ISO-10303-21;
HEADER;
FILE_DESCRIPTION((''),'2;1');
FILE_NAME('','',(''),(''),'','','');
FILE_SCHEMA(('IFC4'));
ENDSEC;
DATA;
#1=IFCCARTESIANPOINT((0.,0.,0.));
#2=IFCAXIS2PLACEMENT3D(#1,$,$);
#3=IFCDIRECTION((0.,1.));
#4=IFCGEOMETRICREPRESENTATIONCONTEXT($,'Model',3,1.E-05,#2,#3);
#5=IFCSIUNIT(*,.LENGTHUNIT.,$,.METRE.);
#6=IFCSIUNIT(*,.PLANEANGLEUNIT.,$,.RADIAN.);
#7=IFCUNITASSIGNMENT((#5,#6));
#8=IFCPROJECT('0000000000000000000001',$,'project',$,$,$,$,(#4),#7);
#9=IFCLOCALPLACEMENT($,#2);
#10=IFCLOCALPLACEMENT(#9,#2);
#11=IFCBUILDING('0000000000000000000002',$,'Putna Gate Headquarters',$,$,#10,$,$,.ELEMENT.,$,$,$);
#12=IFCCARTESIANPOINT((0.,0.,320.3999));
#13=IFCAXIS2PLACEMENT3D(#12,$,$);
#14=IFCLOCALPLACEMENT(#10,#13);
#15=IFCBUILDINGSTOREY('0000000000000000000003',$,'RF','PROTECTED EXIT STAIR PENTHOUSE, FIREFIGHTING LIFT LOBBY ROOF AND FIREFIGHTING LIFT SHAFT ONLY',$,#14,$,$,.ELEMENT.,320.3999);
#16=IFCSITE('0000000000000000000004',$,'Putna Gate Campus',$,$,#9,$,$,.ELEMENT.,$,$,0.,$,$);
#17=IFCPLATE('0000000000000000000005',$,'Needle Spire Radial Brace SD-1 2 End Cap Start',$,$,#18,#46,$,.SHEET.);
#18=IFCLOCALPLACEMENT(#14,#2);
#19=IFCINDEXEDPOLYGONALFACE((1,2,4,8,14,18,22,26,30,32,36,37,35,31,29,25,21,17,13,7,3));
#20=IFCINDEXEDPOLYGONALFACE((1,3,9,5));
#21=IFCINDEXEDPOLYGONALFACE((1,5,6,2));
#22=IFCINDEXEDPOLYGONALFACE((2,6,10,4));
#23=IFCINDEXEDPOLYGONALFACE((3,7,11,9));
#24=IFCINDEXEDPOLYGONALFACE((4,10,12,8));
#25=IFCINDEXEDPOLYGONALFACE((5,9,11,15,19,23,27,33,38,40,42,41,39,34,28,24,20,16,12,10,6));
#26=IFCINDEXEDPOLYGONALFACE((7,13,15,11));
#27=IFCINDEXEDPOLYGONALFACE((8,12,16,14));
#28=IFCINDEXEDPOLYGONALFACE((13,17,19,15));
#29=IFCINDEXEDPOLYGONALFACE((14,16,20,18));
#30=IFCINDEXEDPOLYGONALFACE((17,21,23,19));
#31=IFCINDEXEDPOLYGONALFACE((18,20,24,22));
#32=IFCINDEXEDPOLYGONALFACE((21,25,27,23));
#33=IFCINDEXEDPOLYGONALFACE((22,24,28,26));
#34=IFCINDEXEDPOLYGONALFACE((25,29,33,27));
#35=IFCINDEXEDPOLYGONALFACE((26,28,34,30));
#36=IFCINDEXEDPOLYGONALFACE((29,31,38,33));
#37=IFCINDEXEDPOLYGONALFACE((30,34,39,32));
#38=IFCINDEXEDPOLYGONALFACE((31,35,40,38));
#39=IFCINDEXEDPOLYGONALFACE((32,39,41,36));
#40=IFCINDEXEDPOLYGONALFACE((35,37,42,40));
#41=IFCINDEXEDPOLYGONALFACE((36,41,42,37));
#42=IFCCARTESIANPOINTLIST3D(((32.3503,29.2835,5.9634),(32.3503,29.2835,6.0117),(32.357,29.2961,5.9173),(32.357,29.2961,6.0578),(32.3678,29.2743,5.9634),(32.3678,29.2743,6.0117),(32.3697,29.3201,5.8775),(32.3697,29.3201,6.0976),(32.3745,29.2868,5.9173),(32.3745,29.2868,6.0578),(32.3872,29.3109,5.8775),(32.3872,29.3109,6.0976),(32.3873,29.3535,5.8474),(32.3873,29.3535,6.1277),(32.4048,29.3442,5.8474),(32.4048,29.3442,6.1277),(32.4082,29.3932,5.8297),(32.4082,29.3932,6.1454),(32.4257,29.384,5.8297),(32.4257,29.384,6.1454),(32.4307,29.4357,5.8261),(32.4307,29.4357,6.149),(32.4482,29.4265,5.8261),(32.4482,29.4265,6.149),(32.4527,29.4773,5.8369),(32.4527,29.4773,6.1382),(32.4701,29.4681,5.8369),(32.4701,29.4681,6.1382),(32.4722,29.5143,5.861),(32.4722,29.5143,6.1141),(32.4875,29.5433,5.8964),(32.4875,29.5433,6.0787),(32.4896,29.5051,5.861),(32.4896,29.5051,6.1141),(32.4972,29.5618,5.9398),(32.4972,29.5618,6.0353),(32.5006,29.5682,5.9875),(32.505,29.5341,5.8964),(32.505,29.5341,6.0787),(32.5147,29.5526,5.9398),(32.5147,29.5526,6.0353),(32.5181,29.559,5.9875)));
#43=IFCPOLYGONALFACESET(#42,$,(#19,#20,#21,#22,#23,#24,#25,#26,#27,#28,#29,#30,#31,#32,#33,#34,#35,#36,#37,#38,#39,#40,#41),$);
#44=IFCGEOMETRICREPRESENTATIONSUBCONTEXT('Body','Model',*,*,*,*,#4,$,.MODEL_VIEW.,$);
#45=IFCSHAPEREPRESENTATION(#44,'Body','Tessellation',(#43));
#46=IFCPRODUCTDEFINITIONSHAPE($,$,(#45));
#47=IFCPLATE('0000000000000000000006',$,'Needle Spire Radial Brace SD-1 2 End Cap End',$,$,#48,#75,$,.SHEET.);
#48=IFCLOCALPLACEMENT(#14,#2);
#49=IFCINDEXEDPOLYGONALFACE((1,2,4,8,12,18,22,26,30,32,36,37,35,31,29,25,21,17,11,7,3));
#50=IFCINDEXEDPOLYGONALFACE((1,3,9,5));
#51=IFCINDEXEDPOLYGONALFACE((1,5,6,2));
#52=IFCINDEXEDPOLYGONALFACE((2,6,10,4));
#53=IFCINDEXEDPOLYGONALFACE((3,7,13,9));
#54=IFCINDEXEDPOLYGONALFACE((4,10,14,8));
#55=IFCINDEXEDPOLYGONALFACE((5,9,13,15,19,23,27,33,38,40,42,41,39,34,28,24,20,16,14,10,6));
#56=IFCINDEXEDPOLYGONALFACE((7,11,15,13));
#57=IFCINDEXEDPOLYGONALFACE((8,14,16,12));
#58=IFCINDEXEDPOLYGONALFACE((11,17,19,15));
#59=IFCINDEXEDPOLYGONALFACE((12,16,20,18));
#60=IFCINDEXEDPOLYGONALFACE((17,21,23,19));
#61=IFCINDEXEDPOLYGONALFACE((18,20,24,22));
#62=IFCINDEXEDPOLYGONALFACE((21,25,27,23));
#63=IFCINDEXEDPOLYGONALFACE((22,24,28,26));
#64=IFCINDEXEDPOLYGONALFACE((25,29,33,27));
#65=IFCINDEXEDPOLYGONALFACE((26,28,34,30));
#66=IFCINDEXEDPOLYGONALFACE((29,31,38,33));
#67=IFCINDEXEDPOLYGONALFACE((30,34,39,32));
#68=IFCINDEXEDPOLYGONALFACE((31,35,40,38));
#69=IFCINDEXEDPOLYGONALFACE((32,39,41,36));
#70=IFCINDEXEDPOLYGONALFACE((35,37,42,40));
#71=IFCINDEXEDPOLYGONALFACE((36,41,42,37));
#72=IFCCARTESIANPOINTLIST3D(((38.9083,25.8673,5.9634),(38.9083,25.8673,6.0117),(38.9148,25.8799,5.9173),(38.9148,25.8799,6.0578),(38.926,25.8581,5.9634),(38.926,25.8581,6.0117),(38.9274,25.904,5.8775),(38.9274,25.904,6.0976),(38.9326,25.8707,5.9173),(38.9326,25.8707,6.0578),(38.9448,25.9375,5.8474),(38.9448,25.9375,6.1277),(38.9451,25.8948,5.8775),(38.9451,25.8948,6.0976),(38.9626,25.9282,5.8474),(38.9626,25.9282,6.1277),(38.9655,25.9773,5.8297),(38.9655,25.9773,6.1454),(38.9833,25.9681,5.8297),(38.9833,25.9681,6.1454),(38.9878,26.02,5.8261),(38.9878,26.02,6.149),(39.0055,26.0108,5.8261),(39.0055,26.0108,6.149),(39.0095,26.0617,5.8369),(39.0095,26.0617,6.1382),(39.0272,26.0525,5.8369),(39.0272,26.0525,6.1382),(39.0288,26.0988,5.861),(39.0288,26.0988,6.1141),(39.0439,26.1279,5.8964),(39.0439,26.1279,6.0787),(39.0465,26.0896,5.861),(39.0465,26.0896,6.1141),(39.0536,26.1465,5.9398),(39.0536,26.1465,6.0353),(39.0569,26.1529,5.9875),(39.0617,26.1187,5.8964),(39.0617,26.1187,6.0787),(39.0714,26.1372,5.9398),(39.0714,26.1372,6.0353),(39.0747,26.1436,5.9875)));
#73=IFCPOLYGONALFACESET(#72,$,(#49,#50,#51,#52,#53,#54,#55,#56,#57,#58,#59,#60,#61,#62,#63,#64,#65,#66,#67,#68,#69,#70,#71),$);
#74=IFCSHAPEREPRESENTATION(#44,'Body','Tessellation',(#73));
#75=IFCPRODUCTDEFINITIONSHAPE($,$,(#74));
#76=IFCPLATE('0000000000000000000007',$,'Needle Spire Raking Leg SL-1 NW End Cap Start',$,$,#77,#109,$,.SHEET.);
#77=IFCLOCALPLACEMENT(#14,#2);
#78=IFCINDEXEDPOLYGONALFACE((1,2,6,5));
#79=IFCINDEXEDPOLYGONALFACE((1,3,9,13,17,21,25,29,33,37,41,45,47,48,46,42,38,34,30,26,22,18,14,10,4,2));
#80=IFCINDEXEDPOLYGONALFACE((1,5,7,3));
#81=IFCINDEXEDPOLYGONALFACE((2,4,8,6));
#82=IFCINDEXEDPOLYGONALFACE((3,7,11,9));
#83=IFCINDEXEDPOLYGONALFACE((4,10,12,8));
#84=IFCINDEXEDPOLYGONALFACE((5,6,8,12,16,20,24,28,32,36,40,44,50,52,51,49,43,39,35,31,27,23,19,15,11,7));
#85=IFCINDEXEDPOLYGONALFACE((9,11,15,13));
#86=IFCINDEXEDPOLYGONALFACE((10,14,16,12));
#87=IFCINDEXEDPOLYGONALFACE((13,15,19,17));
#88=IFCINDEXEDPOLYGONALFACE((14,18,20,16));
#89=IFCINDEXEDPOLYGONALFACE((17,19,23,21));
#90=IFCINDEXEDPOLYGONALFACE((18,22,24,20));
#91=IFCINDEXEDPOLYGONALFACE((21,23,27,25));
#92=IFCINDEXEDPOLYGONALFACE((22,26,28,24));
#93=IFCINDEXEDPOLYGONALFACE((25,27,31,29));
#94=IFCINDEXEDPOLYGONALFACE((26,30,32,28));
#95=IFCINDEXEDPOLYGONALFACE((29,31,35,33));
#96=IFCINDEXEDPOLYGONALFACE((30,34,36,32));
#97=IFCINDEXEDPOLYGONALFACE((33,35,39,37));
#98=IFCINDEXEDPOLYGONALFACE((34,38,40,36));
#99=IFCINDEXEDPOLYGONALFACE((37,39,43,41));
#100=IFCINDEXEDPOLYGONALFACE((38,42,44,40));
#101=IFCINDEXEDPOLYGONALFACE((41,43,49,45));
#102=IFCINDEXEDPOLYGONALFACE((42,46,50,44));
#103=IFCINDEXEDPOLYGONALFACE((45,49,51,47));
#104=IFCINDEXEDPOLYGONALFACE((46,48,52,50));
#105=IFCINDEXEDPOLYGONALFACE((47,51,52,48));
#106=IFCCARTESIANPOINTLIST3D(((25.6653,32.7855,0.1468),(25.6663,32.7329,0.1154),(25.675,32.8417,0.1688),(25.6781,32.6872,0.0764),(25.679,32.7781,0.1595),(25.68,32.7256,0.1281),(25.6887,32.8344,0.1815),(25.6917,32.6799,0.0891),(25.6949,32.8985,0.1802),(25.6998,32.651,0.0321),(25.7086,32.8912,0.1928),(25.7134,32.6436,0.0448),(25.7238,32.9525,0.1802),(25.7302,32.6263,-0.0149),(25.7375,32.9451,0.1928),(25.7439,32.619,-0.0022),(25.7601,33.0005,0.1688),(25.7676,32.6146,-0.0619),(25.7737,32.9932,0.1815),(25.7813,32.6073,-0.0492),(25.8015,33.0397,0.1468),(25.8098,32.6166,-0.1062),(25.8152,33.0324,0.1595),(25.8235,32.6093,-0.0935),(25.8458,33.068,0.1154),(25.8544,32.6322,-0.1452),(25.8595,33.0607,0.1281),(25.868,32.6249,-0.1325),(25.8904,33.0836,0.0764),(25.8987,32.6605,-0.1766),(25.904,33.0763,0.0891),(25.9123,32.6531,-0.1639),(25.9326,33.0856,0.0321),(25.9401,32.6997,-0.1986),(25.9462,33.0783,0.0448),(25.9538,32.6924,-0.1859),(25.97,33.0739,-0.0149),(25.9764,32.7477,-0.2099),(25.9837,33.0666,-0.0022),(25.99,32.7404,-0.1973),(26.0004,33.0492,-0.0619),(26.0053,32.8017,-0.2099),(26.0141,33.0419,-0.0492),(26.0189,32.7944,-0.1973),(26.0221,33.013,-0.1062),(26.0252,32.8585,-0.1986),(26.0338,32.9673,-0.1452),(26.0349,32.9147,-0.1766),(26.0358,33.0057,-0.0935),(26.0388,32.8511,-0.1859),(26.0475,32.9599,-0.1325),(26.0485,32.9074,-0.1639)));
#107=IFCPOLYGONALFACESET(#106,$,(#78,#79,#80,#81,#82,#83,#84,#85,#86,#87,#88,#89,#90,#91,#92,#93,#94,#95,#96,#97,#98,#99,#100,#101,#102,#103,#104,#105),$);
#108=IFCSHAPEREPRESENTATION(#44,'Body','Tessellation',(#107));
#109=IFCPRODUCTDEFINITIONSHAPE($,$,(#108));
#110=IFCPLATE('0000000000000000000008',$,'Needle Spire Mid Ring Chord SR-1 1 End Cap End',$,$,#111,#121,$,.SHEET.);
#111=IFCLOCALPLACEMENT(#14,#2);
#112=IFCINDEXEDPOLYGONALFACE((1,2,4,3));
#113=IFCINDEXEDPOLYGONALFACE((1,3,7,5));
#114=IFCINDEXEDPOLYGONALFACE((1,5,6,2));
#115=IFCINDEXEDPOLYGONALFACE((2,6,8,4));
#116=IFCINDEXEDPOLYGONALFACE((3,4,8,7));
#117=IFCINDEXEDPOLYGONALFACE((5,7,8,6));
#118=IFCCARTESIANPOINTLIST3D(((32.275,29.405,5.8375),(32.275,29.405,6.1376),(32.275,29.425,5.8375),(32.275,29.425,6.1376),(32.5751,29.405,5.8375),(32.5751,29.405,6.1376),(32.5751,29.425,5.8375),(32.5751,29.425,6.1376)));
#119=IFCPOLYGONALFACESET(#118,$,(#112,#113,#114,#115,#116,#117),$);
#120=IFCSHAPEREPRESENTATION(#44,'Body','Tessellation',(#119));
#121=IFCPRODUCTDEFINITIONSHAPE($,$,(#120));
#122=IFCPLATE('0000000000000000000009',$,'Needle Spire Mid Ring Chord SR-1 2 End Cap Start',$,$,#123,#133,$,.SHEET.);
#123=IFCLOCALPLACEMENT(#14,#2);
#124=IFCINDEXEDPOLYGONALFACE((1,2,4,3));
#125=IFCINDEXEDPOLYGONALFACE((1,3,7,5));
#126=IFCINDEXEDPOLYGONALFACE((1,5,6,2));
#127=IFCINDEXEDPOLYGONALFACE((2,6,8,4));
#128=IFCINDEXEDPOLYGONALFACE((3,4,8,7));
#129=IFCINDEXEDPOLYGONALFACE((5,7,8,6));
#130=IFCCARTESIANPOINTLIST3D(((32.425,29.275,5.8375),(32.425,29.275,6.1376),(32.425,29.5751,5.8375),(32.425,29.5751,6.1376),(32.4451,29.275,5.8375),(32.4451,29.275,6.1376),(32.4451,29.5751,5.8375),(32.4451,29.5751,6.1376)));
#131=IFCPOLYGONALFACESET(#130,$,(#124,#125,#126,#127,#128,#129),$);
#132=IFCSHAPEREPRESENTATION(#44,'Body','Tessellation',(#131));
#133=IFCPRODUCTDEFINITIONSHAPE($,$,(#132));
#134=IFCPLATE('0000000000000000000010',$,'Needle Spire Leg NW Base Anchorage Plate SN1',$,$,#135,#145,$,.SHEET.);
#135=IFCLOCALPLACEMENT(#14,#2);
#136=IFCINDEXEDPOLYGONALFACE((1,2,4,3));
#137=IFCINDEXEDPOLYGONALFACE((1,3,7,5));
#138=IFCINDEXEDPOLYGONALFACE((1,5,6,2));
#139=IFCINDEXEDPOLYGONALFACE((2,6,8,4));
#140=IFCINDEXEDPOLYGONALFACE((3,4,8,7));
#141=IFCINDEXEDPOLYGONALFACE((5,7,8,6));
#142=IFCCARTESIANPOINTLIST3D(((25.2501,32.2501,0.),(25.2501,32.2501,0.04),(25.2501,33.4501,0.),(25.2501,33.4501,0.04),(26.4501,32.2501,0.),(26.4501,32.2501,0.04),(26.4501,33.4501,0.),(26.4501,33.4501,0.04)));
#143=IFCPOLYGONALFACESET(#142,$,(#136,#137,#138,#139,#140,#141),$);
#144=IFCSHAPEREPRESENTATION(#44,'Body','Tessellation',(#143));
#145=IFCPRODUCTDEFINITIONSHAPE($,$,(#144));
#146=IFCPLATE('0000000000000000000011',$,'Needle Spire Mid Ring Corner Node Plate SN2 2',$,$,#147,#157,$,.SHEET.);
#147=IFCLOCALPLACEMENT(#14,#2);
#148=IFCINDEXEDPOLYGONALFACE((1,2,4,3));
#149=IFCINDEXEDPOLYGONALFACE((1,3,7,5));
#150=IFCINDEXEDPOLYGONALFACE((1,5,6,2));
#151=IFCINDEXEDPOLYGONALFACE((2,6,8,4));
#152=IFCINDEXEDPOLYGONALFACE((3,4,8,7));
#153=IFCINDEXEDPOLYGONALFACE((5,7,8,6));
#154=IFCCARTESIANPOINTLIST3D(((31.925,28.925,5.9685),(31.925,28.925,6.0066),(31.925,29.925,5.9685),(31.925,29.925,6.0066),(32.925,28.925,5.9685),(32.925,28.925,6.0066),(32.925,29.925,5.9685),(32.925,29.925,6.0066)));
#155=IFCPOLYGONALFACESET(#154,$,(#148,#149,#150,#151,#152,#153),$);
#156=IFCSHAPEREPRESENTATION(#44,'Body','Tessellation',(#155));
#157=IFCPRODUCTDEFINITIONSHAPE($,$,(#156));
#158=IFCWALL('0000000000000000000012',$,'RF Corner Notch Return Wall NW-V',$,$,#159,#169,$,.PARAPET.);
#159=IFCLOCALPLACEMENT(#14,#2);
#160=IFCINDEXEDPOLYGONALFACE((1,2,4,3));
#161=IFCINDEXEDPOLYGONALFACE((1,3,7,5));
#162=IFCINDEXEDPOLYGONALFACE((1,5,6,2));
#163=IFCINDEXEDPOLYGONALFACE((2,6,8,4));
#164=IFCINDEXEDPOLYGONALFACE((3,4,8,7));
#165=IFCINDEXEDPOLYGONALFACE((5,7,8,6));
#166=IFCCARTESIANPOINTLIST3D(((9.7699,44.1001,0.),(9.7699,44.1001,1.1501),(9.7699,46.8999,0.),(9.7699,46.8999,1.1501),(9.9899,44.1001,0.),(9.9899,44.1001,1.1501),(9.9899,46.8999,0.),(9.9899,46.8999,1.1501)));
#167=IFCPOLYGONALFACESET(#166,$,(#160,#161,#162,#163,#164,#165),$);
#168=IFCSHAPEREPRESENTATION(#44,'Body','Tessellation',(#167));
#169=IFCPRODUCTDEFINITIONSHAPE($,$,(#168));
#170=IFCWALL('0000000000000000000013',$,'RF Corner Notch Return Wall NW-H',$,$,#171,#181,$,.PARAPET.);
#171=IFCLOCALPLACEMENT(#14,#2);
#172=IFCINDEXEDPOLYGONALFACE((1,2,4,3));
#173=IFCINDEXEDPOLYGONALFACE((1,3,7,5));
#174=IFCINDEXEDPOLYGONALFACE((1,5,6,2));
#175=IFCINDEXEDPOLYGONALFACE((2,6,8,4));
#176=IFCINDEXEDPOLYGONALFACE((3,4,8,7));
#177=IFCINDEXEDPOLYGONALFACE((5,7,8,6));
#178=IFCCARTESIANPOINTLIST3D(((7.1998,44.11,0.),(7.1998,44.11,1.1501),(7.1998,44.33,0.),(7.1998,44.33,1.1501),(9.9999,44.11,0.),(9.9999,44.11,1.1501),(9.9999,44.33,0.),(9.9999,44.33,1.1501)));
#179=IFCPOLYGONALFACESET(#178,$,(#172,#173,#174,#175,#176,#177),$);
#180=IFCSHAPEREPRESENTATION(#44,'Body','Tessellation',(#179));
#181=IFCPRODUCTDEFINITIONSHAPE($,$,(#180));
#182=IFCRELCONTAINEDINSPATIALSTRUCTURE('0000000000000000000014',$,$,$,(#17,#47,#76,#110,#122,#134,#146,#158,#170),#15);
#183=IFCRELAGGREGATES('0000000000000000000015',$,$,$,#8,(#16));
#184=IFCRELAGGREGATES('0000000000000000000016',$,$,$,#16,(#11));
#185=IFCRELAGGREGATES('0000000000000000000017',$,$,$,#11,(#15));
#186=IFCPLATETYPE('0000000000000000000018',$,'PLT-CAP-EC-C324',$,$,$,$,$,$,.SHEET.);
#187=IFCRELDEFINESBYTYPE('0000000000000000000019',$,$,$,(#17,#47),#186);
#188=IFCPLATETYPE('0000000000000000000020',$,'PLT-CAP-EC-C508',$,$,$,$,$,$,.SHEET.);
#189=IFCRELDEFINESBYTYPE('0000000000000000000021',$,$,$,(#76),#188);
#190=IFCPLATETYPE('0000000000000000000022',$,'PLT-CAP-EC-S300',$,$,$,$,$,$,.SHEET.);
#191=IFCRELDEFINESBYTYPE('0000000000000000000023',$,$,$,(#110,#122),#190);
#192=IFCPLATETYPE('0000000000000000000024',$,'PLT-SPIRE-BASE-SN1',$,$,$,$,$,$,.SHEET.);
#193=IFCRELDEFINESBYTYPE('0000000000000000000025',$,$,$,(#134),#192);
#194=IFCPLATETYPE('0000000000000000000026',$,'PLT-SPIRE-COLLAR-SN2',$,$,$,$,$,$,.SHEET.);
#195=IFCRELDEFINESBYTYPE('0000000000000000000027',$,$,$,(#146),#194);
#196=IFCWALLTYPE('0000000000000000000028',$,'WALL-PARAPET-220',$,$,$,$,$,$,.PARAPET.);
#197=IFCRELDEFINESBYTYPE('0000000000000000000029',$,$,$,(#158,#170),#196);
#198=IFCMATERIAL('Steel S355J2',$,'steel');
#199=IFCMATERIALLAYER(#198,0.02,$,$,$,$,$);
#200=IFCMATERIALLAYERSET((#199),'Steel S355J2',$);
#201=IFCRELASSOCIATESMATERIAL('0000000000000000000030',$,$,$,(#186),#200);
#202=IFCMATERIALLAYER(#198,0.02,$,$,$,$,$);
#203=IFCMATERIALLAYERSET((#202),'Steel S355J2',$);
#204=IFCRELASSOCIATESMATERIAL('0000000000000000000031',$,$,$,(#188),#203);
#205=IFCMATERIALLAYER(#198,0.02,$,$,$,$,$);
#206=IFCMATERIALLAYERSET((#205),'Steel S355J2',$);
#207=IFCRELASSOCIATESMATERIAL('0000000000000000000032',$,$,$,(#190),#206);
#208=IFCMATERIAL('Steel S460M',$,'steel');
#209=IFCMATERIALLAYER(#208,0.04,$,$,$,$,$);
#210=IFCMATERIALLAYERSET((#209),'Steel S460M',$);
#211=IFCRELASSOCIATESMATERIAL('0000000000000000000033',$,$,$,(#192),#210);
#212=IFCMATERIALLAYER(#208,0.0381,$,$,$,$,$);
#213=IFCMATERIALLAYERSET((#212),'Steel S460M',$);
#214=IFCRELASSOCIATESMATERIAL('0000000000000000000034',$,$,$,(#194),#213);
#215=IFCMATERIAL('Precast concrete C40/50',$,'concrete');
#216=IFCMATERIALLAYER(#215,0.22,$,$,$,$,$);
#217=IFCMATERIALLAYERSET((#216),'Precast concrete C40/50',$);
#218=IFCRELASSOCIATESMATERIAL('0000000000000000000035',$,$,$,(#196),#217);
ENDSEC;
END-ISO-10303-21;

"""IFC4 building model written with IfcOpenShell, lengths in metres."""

from ifc_helpers import new_model, si_unit, direction, frame, frame_2d, origin, origin_2d, place, context, subcontext, project, spatial, rectangle, circle, extrude, material, layer, layer_set, type_object, element, save


model = new_model("IFC4")

# Units and contexts
model_context = context("Model", 3, precision=1e-05, world=origin(), true_north=direction((0.0, 1.0)))
body_context = subcontext(model_context, "Body", "Model", "MODEL_VIEW")
ifc_project = project(units=[si_unit("LENGTHUNIT", "METRE"), si_unit("PLANEANGLEUNIT", "RADIAN")], contexts=[model_context])

# Site, building, storey
site_placement = place(None, origin())
site = spatial("IfcSite", under=ifc_project, at=site_placement, Name="Putna Gate Campus", CompositionType="ELEMENT", RefElevation=0.0)
building_placement = place(site_placement, origin())
building = spatial("IfcBuilding", under=site, at=building_placement, Name="Putna Gate Headquarters", CompositionType="ELEMENT")
storey_placement = place(building_placement, frame((0.0, 0.0, 320.3999)))
storey = spatial("IfcBuildingStorey", under=building, at=storey_placement, Name="RF", Description="PROTECTED EXIT STAIR PENTHOUSE, FIREFIGHTING LIFT LOBBY ROOF AND FIREFIGHTING LIFT SHAFT ONLY", CompositionType="ELEMENT", Elevation=320.3999)

# Shared definitions
ifc_material_1 = material(Name="Steel S460M", Category="steel")

# Plates
ifc_material_2 = material(Name="Steel S355J2", Category="steel")
ifc_layer_1 = layer(ifc_material_2, 0.02)
ifc_layer_set_1 = layer_set([ifc_layer_1], Name="Steel S355J2")
plate_type_1 = type_object("IfcPlateType", Name="PLT-CAP-EC-C324", PredefinedType="SHEET", material=ifc_layer_set_1)
plate_1_placement = place(storey_placement, frame((32.425, 29.425, 5.9875), z_axis=(0.884385, -0.466759, 0.0), x_axis=(0.466759, 0.884385, 0.0)))
element("IfcPlate", 1, at=plate_1_placement, inside=storey, type_object=plate_type_1, Name="Needle Spire Radial Brace SD-1 2 End Cap Start", PredefinedType="SHEET", context=body_context, shape_type="SweptSolid", body=[
    extrude(circle(Radius=0.1619, at=origin_2d()), origin(), (0.0, 0.0, 1.0), 0.0198),
])
plate_2_placement = place(storey_placement, frame((38.9822, 26.0093, 5.9875), z_axis=(0.887018, -0.461735, 0.0), x_axis=(0.461735, 0.887018, 0.0)))
element("IfcPlate", 2, at=plate_2_placement, inside=storey, type_object=plate_type_1, Name="Needle Spire Radial Brace SD-1 2 End Cap End", PredefinedType="SHEET", context=body_context, shape_type="SweptSolid", body=[
    extrude(circle(Radius=0.1619, at=origin_2d()), origin(), (0.0, 0.0, 1.0), 0.02),
])
ifc_layer_2 = layer(ifc_material_2, 0.02)
ifc_layer_set_2 = layer_set([ifc_layer_2], Name="Steel S355J2")
plate_type_2 = type_object("IfcPlateType", Name="PLT-CAP-EC-C508", PredefinedType="SHEET", material=ifc_layer_set_2)
plate_3_placement = place(storey_placement, frame((25.8501, 32.8501, -0.0149), z_axis=(0.682116, -0.365419, 0.633393), x_axis=(0.472221, 0.88148, 0.0)))
element("IfcPlate", 3, at=plate_3_placement, inside=storey, type_object=plate_type_2, Name="Needle Spire Raking Leg SL-1 NW End Cap Start", PredefinedType="SHEET", context=body_context, shape_type="SweptSolid", body=[
    extrude(circle(Radius=0.2539, at=origin_2d()), origin(), (0.0, 0.0, 1.0), 0.02),
])
ifc_layer_3 = layer(ifc_material_2, 0.02)
ifc_layer_set_3 = layer_set([ifc_layer_3], Name="Steel S355J2")
plate_type_3 = type_object("IfcPlateType", Name="PLT-CAP-EC-S300", PredefinedType="SHEET", material=ifc_layer_set_3)
for number, where, z_axis, x_axis, name in (
    (4, (32.425, 29.405, 5.9875), (0.0, 1.0, 0.0), (-1.0, 0.0, 0.0), "Needle Spire Mid Ring Chord SR-1 1 End Cap End"),
    (5, (32.425, 29.425, 5.9875), (1.0, 0.0, 0.0), (0.0, 1.0, 0.0), "Needle Spire Mid Ring Chord SR-1 2 End Cap Start"),
):
    element("IfcPlate", number, at=place(storey_placement, frame(where, z_axis=z_axis, x_axis=x_axis)), inside=storey, type_object=plate_type_3, Name=name, PredefinedType="SHEET", context=body_context, shape_type="SweptSolid", body=[
        extrude(rectangle(XDim=0.3, YDim=0.3, at=origin_2d()), origin(), (0.0, 0.0, 1.0), 0.02),
    ])
ifc_layer_4 = layer(ifc_material_1, 0.04)
ifc_layer_set_4 = layer_set([ifc_layer_4], Name="Steel S460M")
plate_type_4 = type_object("IfcPlateType", Name="PLT-SPIRE-BASE-SN1", PredefinedType="SHEET", material=ifc_layer_set_4)
plate_4_placement = place(storey_placement, frame((25.8501, 32.8501, 0.0), z_axis=(0.0, 0.0, 1.0), x_axis=(1.0, 0.0, 0.0)))
element("IfcPlate", 6, at=plate_4_placement, inside=storey, type_object=plate_type_4, Name="Needle Spire Leg NW Base Anchorage Plate SN1", PredefinedType="SHEET", context=body_context, shape_type="SweptSolid", body=[
    extrude(rectangle(XDim=1.2, YDim=1.2, at=origin_2d()), origin(), (0.0, 0.0, 1.0), 0.04),
])
ifc_layer_5 = layer(ifc_material_1, 0.0381)
ifc_layer_set_5 = layer_set([ifc_layer_5], Name="Steel S460M")
plate_type_5 = type_object("IfcPlateType", Name="PLT-SPIRE-COLLAR-SN2", PredefinedType="SHEET", material=ifc_layer_set_5)
plate_5_placement = place(storey_placement, frame((32.425, 29.425, 5.9685), z_axis=(0.0, 0.0, 1.0), x_axis=(1.0, 0.0, 0.0)))
element("IfcPlate", 7, at=plate_5_placement, inside=storey, type_object=plate_type_5, Name="Needle Spire Mid Ring Corner Node Plate SN2 2", PredefinedType="SHEET", context=body_context, shape_type="SweptSolid", body=[
    extrude(rectangle(XDim=1.0, YDim=1.0, at=origin_2d()), origin(), (0.0, 0.0, 1.0), 0.0381),
])

# Walls
ifc_material_3 = material(Name="Precast concrete C40/50", Category="concrete")
ifc_layer_6 = layer(ifc_material_3, 0.22)
ifc_layer_set_6 = layer_set([ifc_layer_6], Name="Precast concrete C40/50")
wall_type_1 = type_object("IfcWallType", Name="WALL-PARAPET-220", PredefinedType="PARAPET", material=ifc_layer_set_6)
wall_1_placement = place(storey_placement, frame((9.8799, 44.1001, 0.0), z_axis=(0.0, 0.0, 1.0), x_axis=(0.0, 1.0, 0.0)))
element("IfcWall", 8, at=wall_1_placement, inside=storey, type_object=wall_type_1, Name="RF Corner Notch Return Wall NW-V", PredefinedType="PARAPET", context=body_context, shape_type="SweptSolid", body=[
    extrude(rectangle(XDim=2.7998, YDim=0.22, at=frame_2d((1.3999, 0.0))), origin(), (0.0, 0.0, 1.0), 1.1501),
])
wall_2_placement = place(storey_placement, frame((7.2, 44.22, 0.0), z_axis=(0.0, 0.0, 1.0), x_axis=(1.0, 0.0, 0.0)))
element("IfcWall", 9, at=wall_2_placement, inside=storey, type_object=wall_type_1, Name="RF Corner Notch Return Wall NW-H", PredefinedType="PARAPET", context=body_context, shape_type="SweptSolid", body=[
    extrude(rectangle(XDim=2.8, YDim=0.22, at=frame_2d((1.3999, 0.0))), origin(), (0.0, 0.0, 1.0), 1.1501),
])

save(model, "model.ifc")
